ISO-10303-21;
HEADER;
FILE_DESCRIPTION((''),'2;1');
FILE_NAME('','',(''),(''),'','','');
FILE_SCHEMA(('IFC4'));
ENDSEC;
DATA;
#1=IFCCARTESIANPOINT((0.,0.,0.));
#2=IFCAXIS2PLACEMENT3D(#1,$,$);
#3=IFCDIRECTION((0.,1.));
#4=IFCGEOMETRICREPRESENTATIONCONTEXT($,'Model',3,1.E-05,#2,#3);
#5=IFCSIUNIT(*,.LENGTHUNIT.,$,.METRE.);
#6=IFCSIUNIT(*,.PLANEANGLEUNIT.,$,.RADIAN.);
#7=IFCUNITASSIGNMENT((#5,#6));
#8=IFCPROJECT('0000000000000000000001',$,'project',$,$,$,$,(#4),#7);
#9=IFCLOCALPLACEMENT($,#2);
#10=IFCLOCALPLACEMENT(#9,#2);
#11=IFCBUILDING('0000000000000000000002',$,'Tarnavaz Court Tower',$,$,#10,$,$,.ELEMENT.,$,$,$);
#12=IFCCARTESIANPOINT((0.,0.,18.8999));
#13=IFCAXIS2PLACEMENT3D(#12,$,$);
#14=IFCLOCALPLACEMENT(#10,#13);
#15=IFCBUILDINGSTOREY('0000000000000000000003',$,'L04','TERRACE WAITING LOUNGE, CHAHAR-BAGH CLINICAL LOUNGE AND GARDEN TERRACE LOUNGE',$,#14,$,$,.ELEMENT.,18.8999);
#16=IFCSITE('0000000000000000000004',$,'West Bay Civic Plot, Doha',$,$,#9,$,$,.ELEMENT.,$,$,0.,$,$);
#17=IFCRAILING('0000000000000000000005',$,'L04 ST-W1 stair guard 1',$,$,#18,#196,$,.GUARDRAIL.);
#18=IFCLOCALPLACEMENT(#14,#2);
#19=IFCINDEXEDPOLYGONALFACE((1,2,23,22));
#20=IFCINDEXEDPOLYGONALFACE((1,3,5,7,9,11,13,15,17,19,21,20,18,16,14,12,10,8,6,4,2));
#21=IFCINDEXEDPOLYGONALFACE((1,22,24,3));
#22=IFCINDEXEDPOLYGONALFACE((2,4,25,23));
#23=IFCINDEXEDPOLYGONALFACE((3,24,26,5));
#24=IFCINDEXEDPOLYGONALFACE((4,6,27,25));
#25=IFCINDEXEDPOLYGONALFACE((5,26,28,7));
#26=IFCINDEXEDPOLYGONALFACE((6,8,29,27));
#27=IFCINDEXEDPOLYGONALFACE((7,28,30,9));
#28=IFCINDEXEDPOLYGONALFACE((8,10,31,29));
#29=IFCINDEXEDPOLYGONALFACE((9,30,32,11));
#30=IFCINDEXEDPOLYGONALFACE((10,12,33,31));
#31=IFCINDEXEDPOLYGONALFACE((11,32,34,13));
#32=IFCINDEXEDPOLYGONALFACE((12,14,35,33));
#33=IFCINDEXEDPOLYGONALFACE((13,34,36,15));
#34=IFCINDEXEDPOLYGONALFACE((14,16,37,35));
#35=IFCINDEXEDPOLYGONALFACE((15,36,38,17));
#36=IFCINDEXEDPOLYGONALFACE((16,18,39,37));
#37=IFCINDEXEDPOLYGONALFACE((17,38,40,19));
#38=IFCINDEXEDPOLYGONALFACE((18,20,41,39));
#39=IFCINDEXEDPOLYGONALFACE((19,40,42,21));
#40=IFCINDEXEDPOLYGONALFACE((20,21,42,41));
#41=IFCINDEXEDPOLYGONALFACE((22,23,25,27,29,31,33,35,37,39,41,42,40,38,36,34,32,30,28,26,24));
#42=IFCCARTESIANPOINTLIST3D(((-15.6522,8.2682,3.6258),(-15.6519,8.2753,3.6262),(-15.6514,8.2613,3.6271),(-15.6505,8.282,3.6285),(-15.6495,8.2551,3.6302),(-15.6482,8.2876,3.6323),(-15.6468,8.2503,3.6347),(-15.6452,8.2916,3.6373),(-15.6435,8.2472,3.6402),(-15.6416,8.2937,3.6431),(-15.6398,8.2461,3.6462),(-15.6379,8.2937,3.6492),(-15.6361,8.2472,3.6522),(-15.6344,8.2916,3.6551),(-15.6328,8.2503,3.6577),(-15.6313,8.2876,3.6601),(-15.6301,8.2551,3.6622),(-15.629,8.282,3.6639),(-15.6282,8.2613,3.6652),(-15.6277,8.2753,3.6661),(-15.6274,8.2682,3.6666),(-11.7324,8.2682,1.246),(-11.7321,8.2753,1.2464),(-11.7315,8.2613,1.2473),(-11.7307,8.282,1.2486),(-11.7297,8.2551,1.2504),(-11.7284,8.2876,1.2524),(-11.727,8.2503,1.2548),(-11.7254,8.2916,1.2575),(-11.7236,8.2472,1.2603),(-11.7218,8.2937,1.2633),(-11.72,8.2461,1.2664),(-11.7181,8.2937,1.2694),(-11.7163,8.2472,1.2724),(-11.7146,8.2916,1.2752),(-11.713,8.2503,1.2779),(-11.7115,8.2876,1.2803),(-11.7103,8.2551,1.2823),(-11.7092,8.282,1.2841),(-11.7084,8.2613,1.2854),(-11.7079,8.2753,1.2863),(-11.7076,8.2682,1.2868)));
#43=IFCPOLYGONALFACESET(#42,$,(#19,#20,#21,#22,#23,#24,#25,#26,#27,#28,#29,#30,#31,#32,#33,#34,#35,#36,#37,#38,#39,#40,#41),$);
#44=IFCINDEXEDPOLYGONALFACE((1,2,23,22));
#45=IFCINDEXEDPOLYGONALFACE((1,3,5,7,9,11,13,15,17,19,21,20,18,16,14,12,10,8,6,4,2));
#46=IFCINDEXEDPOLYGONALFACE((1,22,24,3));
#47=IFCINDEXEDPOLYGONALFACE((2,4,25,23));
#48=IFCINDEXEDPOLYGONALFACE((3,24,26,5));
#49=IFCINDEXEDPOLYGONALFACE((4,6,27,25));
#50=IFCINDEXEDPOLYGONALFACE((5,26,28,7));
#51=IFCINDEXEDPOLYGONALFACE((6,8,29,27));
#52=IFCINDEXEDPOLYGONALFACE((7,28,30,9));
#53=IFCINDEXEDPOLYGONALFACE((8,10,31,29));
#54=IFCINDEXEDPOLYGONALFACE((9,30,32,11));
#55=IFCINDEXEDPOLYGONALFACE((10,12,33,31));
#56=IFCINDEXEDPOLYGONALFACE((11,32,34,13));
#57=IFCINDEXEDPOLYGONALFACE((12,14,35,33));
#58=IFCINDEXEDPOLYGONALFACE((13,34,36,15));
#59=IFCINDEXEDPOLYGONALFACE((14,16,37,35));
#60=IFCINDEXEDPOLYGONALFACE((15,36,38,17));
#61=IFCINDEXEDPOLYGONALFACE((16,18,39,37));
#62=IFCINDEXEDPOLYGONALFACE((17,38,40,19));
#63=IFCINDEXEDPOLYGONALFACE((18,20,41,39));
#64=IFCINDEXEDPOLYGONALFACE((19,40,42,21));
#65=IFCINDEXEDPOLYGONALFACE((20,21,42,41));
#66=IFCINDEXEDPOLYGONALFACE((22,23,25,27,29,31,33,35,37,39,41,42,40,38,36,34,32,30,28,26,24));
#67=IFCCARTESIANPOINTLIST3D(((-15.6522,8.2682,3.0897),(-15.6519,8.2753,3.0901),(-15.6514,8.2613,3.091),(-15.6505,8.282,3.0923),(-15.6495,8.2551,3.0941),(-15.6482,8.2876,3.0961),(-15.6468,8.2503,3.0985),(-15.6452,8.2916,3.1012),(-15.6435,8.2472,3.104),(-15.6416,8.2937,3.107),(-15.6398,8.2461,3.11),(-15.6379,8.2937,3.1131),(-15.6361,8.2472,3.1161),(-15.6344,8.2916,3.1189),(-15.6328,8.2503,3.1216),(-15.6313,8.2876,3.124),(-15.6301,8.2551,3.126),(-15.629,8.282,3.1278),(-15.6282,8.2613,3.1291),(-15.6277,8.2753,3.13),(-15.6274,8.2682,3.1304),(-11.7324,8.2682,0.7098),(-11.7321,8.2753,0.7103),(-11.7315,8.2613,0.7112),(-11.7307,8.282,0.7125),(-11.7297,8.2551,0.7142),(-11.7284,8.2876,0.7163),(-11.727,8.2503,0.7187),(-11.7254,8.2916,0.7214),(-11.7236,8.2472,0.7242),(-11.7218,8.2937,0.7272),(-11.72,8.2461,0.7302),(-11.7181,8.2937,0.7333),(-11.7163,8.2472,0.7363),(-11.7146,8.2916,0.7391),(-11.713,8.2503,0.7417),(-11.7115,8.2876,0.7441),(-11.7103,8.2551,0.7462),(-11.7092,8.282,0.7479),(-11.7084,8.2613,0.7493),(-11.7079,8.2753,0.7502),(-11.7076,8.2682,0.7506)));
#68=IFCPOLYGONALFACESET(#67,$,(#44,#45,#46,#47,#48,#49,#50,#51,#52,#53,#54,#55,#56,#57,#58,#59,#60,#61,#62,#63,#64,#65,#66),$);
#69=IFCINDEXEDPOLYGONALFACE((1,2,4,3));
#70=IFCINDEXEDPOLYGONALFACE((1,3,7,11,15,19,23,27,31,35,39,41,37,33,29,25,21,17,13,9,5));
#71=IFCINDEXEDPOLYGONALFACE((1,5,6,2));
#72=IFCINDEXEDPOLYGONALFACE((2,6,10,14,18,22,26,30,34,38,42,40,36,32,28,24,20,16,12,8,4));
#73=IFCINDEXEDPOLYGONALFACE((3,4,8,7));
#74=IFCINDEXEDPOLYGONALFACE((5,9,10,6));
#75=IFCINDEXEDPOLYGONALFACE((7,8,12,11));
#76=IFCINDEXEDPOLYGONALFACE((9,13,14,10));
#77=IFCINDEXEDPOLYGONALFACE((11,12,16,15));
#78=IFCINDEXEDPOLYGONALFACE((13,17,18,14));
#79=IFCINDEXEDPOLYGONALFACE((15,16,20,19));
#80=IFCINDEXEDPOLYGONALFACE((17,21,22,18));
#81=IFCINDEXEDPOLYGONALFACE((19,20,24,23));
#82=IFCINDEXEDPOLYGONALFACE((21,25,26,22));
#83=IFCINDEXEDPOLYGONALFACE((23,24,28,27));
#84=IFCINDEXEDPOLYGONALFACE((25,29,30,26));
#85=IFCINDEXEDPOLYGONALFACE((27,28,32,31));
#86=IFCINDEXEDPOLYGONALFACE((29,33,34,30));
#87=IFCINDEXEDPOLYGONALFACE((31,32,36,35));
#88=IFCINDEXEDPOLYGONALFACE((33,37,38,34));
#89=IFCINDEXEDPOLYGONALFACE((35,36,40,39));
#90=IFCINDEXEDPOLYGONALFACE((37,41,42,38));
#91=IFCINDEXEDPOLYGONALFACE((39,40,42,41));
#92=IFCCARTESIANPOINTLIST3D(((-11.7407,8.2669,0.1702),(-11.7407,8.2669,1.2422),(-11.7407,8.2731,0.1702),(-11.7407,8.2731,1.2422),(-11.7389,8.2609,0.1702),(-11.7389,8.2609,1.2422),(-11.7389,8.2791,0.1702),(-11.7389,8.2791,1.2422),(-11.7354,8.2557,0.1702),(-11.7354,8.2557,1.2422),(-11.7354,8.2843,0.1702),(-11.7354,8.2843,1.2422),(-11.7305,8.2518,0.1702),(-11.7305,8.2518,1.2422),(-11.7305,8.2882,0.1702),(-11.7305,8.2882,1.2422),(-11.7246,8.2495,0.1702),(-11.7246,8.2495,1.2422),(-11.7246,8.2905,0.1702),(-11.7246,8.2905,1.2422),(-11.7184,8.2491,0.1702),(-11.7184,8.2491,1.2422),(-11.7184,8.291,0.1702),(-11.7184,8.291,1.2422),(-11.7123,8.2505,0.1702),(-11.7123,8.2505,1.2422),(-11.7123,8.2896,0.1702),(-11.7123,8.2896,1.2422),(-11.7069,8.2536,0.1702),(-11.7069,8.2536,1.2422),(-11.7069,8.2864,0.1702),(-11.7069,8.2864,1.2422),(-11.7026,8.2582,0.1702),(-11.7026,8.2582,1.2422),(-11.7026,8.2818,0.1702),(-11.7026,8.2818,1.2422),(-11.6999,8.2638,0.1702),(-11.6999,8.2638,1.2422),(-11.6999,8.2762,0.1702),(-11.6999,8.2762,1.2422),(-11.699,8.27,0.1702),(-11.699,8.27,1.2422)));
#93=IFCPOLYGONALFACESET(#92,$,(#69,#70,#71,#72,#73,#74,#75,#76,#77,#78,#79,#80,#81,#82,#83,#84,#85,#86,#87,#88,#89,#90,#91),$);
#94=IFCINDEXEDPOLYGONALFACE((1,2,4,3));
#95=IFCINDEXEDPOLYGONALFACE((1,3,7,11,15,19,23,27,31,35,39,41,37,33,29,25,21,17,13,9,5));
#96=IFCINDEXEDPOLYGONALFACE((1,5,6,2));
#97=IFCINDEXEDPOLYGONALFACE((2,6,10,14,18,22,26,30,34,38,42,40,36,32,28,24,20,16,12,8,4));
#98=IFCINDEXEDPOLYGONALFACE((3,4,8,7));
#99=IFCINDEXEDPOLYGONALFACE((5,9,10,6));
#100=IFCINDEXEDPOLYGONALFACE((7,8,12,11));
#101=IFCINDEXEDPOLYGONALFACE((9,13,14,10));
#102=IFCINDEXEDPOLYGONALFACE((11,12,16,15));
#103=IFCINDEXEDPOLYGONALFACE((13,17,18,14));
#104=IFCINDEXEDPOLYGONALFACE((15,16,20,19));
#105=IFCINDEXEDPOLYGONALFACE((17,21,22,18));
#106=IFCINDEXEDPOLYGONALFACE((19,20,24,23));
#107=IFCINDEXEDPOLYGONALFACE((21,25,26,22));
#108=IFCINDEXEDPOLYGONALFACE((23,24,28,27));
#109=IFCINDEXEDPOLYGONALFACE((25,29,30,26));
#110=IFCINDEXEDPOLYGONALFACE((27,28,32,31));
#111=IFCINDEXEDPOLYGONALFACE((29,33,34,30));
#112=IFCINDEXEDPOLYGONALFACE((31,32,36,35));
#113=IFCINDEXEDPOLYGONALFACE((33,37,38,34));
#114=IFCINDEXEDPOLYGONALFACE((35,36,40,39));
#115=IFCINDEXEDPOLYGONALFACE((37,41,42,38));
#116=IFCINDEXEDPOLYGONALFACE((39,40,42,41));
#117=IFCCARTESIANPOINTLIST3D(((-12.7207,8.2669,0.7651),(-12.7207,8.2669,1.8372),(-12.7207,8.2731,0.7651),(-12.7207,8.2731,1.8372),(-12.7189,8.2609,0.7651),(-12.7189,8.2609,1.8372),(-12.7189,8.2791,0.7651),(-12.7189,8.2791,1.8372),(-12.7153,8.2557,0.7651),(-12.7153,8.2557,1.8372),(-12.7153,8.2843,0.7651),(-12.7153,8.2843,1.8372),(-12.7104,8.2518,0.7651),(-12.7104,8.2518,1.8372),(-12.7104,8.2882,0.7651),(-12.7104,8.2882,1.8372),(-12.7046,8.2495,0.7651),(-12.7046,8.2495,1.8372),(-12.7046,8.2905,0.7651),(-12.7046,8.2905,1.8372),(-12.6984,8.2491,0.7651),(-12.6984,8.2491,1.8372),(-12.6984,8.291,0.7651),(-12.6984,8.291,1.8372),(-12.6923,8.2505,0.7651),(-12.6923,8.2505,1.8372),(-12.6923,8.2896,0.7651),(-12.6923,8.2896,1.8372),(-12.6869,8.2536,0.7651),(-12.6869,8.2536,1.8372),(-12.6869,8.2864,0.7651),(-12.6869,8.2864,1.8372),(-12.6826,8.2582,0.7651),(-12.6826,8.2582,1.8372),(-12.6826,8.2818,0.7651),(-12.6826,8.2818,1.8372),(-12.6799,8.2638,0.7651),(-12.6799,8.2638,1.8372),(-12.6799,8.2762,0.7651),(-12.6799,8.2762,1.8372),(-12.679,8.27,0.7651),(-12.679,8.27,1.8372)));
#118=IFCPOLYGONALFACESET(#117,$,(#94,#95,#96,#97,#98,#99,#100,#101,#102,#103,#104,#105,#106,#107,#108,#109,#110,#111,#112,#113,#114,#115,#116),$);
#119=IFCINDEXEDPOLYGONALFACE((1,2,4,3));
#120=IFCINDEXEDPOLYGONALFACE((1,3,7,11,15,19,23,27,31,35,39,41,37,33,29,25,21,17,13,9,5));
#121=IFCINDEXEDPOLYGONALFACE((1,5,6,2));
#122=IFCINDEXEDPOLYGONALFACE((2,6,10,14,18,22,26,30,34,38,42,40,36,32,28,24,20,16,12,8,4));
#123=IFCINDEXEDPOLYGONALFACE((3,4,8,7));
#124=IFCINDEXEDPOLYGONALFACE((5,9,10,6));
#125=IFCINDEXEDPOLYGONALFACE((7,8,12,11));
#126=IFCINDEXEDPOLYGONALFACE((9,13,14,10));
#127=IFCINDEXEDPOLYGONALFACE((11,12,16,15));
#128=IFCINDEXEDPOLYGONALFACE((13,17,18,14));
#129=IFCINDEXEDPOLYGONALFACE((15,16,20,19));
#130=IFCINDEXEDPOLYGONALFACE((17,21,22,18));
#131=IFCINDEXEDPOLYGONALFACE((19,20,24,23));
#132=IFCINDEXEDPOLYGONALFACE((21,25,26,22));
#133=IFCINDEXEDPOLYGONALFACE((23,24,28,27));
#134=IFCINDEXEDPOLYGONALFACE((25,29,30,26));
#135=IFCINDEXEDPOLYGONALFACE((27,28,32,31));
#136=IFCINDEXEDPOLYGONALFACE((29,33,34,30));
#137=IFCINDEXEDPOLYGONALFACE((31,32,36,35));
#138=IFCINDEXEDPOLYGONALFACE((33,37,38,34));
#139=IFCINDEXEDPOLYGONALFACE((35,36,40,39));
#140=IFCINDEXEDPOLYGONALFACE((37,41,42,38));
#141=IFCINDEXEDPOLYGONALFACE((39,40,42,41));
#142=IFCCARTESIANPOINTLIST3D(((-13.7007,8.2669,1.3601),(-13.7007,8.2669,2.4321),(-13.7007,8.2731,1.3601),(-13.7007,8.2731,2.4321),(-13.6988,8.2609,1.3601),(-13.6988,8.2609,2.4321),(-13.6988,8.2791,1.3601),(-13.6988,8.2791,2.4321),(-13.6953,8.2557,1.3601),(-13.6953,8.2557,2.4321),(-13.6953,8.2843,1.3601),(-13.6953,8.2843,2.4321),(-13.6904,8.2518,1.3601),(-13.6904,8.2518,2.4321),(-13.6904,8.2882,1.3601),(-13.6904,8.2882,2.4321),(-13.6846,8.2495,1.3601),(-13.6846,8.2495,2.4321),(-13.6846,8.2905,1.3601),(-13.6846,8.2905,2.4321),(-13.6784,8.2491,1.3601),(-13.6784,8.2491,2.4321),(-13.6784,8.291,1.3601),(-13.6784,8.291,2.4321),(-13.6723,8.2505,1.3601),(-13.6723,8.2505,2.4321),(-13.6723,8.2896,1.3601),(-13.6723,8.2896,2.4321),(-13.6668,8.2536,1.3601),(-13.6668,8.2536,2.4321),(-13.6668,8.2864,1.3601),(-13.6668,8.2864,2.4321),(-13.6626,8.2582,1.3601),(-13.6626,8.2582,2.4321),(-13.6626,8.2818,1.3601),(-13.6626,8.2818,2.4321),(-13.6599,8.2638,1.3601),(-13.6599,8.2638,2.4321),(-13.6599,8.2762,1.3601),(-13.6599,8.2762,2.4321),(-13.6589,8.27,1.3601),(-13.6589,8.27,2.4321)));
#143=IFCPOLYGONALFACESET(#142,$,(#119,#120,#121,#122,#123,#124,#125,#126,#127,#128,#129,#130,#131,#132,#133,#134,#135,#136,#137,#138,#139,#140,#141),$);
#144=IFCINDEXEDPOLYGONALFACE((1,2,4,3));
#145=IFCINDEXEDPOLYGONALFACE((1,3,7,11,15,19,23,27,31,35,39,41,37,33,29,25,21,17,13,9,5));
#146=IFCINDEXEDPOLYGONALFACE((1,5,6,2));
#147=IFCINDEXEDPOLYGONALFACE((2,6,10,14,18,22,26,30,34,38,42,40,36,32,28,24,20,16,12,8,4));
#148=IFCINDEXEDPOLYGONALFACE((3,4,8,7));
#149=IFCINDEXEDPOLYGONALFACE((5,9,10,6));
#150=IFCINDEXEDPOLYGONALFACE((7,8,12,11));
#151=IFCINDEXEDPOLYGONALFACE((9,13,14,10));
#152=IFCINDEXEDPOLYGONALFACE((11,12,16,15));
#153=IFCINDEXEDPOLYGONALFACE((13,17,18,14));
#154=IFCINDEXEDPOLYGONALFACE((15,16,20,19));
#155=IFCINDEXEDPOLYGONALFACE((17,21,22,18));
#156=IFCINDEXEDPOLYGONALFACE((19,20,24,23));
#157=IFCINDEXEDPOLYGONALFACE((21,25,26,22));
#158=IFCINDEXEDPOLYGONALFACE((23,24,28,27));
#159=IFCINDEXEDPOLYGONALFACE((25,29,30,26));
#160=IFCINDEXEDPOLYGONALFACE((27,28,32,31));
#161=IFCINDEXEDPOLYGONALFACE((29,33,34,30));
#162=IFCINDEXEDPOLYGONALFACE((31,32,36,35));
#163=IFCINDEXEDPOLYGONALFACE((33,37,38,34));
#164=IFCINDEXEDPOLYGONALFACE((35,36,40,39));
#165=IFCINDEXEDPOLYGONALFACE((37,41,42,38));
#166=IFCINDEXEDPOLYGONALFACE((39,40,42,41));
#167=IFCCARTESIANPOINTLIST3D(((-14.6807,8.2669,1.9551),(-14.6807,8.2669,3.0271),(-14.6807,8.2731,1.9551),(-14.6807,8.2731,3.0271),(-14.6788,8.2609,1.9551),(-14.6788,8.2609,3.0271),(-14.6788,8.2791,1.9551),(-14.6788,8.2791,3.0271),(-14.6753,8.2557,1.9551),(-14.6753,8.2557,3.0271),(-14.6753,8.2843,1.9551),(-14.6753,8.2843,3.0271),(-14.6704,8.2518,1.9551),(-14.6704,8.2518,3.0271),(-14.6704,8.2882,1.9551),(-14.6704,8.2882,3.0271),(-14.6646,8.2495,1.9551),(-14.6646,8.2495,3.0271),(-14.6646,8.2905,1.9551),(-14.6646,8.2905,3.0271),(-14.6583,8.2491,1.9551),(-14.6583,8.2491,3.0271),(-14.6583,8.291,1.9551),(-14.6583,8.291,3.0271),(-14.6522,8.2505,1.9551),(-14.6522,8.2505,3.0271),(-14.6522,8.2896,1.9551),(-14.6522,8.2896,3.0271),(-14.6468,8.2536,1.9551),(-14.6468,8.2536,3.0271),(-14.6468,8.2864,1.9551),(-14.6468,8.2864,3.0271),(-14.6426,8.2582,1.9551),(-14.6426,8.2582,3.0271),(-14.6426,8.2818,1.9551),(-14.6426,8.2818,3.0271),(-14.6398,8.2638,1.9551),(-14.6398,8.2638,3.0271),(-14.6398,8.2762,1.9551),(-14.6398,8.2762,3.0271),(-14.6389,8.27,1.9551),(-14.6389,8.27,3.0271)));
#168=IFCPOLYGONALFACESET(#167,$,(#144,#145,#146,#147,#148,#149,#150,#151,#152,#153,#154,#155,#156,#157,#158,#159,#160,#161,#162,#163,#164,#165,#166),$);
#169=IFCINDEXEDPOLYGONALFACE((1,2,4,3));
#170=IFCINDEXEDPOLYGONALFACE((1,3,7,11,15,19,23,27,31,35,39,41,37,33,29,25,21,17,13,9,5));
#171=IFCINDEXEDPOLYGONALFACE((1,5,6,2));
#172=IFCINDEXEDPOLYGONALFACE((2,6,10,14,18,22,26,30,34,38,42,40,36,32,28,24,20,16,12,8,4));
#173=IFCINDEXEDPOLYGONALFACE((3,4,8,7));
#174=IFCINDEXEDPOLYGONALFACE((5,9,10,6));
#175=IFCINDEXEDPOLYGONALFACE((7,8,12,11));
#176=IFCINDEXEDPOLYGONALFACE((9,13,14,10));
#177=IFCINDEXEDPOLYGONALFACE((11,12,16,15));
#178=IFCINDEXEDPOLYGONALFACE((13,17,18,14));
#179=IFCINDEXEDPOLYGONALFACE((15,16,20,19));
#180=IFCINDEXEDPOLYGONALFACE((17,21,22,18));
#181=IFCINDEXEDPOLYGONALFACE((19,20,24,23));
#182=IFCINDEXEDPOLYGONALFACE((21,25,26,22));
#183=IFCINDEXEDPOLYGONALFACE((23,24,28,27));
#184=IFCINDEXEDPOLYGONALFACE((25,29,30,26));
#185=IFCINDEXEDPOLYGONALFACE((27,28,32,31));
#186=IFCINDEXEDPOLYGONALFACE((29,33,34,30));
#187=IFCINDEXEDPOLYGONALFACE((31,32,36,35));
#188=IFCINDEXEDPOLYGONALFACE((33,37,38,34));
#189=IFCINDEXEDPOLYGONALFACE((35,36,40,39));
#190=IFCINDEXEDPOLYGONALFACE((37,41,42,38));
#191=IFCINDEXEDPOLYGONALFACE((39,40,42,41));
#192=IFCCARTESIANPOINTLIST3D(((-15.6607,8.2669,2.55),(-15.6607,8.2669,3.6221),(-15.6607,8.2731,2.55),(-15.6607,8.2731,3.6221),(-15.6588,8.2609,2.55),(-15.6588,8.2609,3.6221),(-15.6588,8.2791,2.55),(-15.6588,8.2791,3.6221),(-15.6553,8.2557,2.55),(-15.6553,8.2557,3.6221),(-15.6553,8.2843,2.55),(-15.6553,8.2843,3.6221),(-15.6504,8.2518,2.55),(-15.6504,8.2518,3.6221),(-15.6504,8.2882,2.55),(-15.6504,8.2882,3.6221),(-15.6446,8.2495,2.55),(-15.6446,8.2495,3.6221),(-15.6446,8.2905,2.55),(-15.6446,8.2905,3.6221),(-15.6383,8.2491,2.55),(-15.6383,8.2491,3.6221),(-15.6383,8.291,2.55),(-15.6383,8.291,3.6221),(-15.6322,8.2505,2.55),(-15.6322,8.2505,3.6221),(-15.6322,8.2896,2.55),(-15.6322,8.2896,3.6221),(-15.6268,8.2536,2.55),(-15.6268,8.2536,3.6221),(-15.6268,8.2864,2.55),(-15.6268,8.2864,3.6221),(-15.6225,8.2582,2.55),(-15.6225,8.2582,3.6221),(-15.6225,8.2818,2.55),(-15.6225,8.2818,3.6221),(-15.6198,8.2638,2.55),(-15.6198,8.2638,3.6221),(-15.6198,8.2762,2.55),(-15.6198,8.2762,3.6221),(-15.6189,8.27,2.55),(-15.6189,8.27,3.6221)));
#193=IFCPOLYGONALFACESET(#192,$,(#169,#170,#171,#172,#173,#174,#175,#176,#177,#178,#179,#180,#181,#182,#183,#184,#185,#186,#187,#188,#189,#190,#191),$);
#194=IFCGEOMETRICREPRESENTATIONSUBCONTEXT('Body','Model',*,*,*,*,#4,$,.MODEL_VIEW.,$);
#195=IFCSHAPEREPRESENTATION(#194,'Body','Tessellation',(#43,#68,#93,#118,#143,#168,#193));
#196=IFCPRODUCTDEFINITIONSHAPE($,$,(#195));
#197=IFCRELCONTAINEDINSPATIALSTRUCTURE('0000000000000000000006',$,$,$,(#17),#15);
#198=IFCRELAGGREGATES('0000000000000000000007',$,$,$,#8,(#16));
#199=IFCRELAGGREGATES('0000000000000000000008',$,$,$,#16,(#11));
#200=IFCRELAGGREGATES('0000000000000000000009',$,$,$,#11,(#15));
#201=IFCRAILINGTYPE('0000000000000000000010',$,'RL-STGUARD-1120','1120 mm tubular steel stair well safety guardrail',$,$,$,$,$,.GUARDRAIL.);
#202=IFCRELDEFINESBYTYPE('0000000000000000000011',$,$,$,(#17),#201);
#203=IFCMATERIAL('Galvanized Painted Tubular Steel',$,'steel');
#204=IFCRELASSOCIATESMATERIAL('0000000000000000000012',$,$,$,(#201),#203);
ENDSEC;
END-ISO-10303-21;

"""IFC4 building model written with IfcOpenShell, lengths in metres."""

from ifc_helpers import new_model, si_unit, direction, frame, origin, origin_2d, place, context, subcontext, project, spatial, circle, extrude, material, type_object, element, save


model = new_model("IFC4")

# Units and contexts
model_context = context("Model", 3, precision=1e-05, world=origin(), true_north=direction((0.0, 1.0)))
body_context = subcontext(model_context, "Body", "Model", "MODEL_VIEW")
ifc_project = project(units=[si_unit("LENGTHUNIT", "METRE"), si_unit("PLANEANGLEUNIT", "RADIAN")], contexts=[model_context])

# Site, building, storey
site_placement = place(None, origin())
site = spatial("IfcSite", under=ifc_project, at=site_placement, Name="West Bay Civic Plot, Doha", CompositionType="ELEMENT", RefElevation=0.0)
building_placement = place(site_placement, origin())
building = spatial("IfcBuilding", under=site, at=building_placement, Name="Tarnavaz Court Tower", CompositionType="ELEMENT")
storey_placement = place(building_placement, frame((0.0, 0.0, 18.8999)))
storey = spatial("IfcBuildingStorey", under=building, at=storey_placement, Name="L04", Description="TERRACE WAITING LOUNGE, CHAHAR-BAGH CLINICAL LOUNGE AND GARDEN TERRACE LOUNGE", CompositionType="ELEMENT", Elevation=18.8999)

# Railing
ifc_material_1 = material(Name="Galvanized Painted Tubular Steel", Category="steel")
railing_type = type_object("IfcRailingType", Name="RL-STGUARD-1120", Description="1120 mm tubular steel stair well safety guardrail", PredefinedType="GUARDRAIL", material=ifc_material_1)
railing_1_placement = place(storey_placement, frame((-11.72, 8.27, 0.1702)))
element("IfcRailing", 1, at=railing_1_placement, inside=storey, type_object=railing_type, Name="L04 ST-W1 stair guard 1", PredefinedType="GUARDRAIL", context=body_context, shape_type="SweptSolid", body=[
    extrude(circle(Radius=0.0239, at=origin_2d()), frame((0.0, 0.0, 1.0962), z_axis=(-0.854794, 0.0, 0.518967), x_axis=(0.0, -1.0, 0.0)), (0.0, 0.0, 1.0), 4.5857),
    extrude(circle(Radius=0.0239, at=origin_2d()), frame((0.0, 0.0, 0.5601), z_axis=(-0.854794, 0.0, 0.518967), x_axis=(0.0, -1.0, 0.0)), (0.0, 0.0, 1.0), 4.5857),
    extrude(circle(Radius=0.021, at=origin_2d()), origin(), (0.0, 0.0, 1.0), 1.072),
    extrude(circle(Radius=0.021, at=origin_2d()), frame((-0.98, 0.0, 0.595)), (0.0, 0.0, 1.0), 1.072),
    extrude(circle(Radius=0.021, at=origin_2d()), frame((-1.96, 0.0, 1.1899)), (0.0, 0.0, 1.0), 1.072),
    extrude(circle(Radius=0.021, at=origin_2d()), frame((-2.9399, 0.0, 1.7849)), (0.0, 0.0, 1.0), 1.072),
    extrude(circle(Radius=0.021, at=origin_2d()), frame((-3.9199, 0.0, 2.3799)), (0.0, 0.0, 1.0), 1.072),
])

save(model, "model.ifc")
